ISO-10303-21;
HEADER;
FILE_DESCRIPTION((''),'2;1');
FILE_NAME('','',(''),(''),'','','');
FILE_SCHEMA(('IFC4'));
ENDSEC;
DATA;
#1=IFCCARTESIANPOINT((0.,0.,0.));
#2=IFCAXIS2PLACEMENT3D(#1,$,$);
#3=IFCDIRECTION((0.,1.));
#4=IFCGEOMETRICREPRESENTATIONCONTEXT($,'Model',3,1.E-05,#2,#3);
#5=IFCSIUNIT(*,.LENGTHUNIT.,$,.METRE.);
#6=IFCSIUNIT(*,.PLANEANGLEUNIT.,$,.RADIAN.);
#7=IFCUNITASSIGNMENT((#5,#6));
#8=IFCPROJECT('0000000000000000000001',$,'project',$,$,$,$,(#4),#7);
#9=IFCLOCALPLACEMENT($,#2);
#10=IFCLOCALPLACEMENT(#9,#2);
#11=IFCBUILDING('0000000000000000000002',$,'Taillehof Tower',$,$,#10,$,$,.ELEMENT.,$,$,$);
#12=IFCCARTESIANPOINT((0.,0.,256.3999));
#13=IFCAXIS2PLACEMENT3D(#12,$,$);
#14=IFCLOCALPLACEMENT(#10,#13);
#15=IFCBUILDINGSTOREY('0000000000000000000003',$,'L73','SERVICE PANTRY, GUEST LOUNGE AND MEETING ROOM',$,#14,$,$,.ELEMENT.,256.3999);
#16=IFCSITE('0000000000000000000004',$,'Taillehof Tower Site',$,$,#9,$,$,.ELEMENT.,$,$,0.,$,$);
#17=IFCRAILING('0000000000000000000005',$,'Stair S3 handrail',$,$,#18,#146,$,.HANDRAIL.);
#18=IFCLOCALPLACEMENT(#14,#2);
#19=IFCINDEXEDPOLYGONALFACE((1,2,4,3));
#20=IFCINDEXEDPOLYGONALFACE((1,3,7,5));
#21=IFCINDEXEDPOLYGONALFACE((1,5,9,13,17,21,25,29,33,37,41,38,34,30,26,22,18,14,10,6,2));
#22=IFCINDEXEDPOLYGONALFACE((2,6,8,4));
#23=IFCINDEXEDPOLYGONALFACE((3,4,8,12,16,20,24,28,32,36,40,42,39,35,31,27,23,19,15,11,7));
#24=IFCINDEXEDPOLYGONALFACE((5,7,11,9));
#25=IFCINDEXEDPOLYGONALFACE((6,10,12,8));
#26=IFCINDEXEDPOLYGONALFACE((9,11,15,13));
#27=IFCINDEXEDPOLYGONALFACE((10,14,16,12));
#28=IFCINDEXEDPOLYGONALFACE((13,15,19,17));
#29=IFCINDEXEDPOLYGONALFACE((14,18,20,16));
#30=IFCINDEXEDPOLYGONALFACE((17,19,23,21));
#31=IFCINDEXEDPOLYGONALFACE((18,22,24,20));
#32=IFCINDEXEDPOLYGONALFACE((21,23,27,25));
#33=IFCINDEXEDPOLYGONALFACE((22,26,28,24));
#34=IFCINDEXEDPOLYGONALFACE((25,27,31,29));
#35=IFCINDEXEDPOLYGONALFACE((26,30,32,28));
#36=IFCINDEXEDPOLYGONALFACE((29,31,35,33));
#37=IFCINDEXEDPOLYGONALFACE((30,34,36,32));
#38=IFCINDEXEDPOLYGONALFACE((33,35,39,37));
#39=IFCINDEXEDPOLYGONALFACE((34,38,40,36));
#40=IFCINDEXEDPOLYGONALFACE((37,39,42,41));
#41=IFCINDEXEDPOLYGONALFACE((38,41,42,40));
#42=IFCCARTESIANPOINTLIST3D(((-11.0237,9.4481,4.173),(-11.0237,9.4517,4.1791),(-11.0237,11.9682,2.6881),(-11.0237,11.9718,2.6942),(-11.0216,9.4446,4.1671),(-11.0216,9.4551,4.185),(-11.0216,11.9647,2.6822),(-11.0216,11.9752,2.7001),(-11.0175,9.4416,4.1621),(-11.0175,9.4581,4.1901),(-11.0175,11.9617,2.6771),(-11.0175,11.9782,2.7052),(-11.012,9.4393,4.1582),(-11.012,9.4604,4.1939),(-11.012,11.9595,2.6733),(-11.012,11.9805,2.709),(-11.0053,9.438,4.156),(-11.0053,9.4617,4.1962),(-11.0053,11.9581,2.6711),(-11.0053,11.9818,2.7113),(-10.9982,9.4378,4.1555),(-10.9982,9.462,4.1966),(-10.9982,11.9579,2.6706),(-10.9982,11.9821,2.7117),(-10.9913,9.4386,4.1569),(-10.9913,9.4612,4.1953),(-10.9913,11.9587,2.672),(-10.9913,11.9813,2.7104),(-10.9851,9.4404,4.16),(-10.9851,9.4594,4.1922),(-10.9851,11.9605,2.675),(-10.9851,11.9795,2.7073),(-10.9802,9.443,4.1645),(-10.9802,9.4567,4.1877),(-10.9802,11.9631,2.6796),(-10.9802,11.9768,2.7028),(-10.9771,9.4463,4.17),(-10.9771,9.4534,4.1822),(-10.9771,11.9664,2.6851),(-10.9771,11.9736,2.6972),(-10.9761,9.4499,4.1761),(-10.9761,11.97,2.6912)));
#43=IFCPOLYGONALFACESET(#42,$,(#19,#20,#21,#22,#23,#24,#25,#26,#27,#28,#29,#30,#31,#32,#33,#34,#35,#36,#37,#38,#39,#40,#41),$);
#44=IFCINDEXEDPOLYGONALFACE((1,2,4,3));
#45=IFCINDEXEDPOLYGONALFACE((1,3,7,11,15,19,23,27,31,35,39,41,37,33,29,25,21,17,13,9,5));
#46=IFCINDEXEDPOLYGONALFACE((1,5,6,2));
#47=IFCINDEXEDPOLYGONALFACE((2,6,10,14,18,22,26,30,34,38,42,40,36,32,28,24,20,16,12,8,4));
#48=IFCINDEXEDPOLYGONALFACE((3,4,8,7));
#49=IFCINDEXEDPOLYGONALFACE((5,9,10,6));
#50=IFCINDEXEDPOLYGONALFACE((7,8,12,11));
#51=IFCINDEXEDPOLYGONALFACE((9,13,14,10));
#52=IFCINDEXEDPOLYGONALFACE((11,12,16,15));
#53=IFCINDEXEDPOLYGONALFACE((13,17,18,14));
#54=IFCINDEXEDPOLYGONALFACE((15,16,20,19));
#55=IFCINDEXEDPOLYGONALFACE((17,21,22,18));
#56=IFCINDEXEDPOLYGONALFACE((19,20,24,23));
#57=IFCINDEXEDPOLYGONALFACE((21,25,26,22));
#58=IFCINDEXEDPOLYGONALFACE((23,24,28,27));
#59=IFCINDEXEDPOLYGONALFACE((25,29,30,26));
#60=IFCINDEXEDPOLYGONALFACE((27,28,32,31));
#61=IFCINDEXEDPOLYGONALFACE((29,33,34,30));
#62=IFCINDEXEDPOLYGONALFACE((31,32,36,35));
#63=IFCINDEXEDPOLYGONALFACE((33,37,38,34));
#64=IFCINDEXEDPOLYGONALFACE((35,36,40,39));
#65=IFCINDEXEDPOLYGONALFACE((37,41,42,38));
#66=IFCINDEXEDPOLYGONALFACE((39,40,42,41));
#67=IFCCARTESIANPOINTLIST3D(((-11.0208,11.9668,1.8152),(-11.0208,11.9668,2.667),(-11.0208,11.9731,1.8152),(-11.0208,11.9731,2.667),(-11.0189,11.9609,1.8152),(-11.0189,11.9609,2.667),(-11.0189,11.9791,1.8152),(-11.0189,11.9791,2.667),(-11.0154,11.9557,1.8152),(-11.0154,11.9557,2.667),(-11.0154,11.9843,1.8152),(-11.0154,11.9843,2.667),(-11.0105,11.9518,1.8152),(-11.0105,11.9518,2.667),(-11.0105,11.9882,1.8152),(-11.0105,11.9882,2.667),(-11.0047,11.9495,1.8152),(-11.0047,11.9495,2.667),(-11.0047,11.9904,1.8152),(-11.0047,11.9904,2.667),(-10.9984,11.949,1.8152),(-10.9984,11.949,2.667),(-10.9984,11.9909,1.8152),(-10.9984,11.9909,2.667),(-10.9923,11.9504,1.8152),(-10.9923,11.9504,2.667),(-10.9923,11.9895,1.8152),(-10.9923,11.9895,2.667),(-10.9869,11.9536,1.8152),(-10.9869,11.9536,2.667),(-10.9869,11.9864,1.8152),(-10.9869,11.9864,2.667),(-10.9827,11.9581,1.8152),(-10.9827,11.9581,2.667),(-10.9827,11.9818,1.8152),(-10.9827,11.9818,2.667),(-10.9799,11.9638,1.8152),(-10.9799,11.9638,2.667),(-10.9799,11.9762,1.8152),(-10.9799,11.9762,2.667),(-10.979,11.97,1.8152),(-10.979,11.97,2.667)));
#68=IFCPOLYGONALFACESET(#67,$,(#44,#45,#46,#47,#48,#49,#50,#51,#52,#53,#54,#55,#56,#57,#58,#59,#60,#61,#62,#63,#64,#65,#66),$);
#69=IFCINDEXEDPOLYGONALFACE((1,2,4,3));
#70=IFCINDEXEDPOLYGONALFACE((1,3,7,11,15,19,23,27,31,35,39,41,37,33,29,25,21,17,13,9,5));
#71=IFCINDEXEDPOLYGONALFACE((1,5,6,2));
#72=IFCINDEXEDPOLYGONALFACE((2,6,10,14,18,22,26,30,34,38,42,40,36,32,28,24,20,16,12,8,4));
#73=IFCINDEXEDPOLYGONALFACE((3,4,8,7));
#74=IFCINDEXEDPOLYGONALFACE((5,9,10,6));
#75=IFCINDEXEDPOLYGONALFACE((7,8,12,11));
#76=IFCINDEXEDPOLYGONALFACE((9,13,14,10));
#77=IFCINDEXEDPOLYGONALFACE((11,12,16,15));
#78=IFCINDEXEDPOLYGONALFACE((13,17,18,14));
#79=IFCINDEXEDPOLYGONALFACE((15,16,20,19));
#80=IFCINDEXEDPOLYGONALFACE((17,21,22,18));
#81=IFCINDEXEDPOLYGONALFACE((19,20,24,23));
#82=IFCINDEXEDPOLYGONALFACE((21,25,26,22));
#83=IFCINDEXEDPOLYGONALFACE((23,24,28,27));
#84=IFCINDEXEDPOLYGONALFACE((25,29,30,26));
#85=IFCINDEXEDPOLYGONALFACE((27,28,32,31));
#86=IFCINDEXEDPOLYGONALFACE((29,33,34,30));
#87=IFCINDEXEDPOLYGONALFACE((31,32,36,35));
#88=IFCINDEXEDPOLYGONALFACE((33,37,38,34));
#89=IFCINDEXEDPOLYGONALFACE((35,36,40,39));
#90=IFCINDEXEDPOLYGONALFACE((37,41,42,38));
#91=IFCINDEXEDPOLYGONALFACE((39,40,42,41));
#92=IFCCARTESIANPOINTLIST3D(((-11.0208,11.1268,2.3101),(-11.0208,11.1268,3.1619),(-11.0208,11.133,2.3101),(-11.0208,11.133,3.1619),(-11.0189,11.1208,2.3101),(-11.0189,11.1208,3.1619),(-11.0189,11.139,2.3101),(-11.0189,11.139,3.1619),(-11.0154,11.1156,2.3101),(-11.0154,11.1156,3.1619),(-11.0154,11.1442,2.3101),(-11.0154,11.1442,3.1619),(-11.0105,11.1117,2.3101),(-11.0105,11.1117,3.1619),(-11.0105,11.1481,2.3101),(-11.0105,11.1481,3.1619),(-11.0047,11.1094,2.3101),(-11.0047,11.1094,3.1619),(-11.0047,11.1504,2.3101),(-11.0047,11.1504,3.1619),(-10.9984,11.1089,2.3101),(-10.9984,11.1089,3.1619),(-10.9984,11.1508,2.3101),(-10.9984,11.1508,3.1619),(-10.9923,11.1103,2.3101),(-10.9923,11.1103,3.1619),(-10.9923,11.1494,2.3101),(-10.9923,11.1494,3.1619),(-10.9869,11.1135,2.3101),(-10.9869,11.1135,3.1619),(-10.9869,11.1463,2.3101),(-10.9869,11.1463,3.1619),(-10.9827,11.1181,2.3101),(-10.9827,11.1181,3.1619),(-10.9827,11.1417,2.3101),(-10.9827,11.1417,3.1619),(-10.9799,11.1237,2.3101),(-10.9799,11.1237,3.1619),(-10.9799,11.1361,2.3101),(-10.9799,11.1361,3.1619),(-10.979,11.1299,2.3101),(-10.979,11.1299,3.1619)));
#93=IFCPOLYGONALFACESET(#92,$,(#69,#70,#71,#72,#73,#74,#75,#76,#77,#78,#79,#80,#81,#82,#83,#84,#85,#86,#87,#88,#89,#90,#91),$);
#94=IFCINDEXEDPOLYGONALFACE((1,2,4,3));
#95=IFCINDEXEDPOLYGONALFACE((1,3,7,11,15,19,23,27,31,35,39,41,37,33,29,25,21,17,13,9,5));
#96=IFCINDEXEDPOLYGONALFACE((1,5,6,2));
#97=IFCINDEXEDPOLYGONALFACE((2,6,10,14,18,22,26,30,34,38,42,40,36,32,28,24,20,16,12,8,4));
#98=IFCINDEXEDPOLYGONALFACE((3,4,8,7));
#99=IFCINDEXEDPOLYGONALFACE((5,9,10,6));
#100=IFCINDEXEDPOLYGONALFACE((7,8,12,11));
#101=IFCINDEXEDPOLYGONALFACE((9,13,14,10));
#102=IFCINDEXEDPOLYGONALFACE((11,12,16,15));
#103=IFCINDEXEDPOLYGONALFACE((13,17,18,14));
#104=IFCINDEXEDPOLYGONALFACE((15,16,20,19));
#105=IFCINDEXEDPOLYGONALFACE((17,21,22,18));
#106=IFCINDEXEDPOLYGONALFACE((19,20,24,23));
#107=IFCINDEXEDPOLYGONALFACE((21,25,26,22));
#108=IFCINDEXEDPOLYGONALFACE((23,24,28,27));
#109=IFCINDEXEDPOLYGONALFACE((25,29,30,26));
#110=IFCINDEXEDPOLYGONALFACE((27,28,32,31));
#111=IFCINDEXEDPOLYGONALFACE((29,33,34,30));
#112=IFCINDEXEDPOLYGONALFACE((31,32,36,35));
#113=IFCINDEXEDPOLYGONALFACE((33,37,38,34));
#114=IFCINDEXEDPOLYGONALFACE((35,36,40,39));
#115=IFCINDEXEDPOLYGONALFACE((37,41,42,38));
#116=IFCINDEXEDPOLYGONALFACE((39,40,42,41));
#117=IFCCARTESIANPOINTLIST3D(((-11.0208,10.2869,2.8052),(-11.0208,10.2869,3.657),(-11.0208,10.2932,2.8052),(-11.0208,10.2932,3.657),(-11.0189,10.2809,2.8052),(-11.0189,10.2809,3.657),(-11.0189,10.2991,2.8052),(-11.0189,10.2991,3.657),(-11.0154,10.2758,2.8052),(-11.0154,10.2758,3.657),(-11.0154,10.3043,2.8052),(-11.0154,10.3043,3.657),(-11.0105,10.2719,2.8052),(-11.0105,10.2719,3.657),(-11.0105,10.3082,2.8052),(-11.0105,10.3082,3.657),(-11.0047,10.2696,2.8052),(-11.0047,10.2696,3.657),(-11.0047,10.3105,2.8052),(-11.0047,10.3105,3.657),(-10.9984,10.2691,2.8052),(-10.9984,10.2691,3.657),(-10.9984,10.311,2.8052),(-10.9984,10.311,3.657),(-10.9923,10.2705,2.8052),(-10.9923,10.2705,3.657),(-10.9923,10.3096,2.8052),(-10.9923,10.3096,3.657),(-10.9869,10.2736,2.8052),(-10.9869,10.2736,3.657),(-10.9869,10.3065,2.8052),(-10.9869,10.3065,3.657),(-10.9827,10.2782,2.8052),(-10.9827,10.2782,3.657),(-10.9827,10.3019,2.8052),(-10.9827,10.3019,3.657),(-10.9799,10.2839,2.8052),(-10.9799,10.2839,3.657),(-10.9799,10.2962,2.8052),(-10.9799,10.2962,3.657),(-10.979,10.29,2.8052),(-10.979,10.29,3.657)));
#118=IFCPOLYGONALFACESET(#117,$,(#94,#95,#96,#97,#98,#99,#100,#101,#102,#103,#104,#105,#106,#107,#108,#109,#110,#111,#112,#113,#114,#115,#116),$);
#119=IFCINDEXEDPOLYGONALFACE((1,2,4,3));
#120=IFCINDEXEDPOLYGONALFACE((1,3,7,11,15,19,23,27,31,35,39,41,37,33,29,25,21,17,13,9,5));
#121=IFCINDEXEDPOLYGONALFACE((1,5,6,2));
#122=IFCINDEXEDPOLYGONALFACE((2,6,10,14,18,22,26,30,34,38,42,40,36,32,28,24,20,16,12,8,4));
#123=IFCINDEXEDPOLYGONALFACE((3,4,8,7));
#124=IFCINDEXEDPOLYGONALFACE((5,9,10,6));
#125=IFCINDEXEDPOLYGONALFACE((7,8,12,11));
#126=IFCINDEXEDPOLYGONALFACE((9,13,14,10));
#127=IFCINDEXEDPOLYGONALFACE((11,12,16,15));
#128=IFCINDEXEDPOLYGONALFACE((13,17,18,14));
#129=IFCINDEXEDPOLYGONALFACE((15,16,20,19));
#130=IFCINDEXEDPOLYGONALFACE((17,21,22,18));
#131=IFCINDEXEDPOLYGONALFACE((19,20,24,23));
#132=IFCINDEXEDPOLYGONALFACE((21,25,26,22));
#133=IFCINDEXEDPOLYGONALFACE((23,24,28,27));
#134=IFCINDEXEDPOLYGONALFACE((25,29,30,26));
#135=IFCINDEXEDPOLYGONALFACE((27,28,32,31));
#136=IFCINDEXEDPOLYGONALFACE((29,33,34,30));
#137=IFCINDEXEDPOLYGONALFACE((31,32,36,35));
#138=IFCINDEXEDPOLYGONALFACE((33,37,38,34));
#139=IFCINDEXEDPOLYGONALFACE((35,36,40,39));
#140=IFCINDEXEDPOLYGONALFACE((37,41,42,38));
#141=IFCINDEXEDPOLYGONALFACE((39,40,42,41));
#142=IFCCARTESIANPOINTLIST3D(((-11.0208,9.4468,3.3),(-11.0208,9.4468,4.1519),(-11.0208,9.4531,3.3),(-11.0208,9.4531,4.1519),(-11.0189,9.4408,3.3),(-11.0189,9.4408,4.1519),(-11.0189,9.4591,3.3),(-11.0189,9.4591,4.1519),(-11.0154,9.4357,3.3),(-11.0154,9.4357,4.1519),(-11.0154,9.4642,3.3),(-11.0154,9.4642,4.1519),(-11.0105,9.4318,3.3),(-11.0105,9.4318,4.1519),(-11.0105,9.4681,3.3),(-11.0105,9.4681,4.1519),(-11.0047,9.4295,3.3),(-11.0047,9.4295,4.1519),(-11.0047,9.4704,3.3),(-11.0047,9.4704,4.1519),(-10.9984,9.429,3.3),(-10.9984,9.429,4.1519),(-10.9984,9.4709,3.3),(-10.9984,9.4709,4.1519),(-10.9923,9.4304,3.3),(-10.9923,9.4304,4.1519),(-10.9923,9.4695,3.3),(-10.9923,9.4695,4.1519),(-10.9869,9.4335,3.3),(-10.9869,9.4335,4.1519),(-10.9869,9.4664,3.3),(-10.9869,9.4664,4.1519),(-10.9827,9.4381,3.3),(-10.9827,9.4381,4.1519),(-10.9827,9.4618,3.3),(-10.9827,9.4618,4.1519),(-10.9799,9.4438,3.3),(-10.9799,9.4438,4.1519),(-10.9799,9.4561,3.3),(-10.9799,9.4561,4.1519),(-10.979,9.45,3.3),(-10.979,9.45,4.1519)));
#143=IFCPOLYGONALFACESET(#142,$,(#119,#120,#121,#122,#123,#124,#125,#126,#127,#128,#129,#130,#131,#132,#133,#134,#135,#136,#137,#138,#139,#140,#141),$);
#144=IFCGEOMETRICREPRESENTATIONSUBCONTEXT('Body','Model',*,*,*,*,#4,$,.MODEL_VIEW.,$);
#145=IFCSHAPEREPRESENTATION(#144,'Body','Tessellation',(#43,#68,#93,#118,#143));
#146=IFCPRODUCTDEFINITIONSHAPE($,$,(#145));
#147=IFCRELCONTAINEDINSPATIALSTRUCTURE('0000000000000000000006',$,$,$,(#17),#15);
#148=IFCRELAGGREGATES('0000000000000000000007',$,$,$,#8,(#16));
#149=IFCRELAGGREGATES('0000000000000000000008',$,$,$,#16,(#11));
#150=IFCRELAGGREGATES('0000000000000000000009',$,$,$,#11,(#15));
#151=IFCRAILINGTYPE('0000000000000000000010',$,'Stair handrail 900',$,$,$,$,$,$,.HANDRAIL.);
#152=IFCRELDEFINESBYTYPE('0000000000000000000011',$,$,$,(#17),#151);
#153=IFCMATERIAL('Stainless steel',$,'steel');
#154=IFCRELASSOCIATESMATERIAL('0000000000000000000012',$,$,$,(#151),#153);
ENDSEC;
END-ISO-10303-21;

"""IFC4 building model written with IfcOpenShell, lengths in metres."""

from ifc_helpers import new_model, si_unit, direction, frame, origin, origin_2d, place, context, subcontext, project, spatial, circle, extrude, material, type_object, element, save


model = new_model("IFC4")

# Units and contexts
model_context = context("Model", 3, precision=1e-05, world=origin(), true_north=direction((0.0, 1.0)))
body_context = subcontext(model_context, "Body", "Model", "MODEL_VIEW")
ifc_project = project(units=[si_unit("LENGTHUNIT", "METRE"), si_unit("PLANEANGLEUNIT", "RADIAN")], contexts=[model_context])

# Site, building, storey
site_placement = place(None, origin())
site = spatial("IfcSite", under=ifc_project, at=site_placement, Name="Taillehof Tower Site", CompositionType="ELEMENT", RefElevation=0.0)
building_placement = place(site_placement, origin())
building = spatial("IfcBuilding", under=site, at=building_placement, Name="Taillehof Tower", CompositionType="ELEMENT")
storey_placement = place(building_placement, frame((0.0, 0.0, 256.3999)))
storey = spatial("IfcBuildingStorey", under=building, at=storey_placement, Name="L73", Description="SERVICE PANTRY, GUEST LOUNGE AND MEETING ROOM", CompositionType="ELEMENT", Elevation=256.3999)

# Railing
ifc_material_1 = material(Name="Stainless steel", Category="steel")
railing_type = type_object("IfcRailingType", Name="Stair handrail 900", PredefinedType="HANDRAIL", material=ifc_material_1)
railing_placement = place(storey_placement, frame((-11.0, 11.97, 1.8152)))
element("IfcRailing", 1, at=railing_placement, inside=storey, type_object=railing_type, Name="Stair S3 handrail", PredefinedType="HANDRAIL", context=body_context, shape_type="SweptSolid", body=[
    extrude(circle(Radius=0.0239, at=origin_2d()), frame((0.0, 0.0, 0.876), z_axis=(0.0, -0.861561, 0.507655), x_axis=(1.0, 0.0, 0.0)), (0.0, 0.0, 1.0), 2.925),
    extrude(circle(Radius=0.021, at=origin_2d()), origin(), (0.0, 0.0, 1.0), 0.8518),
    extrude(circle(Radius=0.021, at=origin_2d()), frame((0.0, -0.8401, 0.4949)), (0.0, 0.0, 1.0), 0.8518),
    extrude(circle(Radius=0.021, at=origin_2d()), frame((0.0, -1.6799, 0.99)), (0.0, 0.0, 1.0), 0.8518),
    extrude(circle(Radius=0.021, at=origin_2d()), frame((0.0, -2.52, 1.4849)), (0.0, 0.0, 1.0), 0.8518),
])

save(model, "model.ifc")
